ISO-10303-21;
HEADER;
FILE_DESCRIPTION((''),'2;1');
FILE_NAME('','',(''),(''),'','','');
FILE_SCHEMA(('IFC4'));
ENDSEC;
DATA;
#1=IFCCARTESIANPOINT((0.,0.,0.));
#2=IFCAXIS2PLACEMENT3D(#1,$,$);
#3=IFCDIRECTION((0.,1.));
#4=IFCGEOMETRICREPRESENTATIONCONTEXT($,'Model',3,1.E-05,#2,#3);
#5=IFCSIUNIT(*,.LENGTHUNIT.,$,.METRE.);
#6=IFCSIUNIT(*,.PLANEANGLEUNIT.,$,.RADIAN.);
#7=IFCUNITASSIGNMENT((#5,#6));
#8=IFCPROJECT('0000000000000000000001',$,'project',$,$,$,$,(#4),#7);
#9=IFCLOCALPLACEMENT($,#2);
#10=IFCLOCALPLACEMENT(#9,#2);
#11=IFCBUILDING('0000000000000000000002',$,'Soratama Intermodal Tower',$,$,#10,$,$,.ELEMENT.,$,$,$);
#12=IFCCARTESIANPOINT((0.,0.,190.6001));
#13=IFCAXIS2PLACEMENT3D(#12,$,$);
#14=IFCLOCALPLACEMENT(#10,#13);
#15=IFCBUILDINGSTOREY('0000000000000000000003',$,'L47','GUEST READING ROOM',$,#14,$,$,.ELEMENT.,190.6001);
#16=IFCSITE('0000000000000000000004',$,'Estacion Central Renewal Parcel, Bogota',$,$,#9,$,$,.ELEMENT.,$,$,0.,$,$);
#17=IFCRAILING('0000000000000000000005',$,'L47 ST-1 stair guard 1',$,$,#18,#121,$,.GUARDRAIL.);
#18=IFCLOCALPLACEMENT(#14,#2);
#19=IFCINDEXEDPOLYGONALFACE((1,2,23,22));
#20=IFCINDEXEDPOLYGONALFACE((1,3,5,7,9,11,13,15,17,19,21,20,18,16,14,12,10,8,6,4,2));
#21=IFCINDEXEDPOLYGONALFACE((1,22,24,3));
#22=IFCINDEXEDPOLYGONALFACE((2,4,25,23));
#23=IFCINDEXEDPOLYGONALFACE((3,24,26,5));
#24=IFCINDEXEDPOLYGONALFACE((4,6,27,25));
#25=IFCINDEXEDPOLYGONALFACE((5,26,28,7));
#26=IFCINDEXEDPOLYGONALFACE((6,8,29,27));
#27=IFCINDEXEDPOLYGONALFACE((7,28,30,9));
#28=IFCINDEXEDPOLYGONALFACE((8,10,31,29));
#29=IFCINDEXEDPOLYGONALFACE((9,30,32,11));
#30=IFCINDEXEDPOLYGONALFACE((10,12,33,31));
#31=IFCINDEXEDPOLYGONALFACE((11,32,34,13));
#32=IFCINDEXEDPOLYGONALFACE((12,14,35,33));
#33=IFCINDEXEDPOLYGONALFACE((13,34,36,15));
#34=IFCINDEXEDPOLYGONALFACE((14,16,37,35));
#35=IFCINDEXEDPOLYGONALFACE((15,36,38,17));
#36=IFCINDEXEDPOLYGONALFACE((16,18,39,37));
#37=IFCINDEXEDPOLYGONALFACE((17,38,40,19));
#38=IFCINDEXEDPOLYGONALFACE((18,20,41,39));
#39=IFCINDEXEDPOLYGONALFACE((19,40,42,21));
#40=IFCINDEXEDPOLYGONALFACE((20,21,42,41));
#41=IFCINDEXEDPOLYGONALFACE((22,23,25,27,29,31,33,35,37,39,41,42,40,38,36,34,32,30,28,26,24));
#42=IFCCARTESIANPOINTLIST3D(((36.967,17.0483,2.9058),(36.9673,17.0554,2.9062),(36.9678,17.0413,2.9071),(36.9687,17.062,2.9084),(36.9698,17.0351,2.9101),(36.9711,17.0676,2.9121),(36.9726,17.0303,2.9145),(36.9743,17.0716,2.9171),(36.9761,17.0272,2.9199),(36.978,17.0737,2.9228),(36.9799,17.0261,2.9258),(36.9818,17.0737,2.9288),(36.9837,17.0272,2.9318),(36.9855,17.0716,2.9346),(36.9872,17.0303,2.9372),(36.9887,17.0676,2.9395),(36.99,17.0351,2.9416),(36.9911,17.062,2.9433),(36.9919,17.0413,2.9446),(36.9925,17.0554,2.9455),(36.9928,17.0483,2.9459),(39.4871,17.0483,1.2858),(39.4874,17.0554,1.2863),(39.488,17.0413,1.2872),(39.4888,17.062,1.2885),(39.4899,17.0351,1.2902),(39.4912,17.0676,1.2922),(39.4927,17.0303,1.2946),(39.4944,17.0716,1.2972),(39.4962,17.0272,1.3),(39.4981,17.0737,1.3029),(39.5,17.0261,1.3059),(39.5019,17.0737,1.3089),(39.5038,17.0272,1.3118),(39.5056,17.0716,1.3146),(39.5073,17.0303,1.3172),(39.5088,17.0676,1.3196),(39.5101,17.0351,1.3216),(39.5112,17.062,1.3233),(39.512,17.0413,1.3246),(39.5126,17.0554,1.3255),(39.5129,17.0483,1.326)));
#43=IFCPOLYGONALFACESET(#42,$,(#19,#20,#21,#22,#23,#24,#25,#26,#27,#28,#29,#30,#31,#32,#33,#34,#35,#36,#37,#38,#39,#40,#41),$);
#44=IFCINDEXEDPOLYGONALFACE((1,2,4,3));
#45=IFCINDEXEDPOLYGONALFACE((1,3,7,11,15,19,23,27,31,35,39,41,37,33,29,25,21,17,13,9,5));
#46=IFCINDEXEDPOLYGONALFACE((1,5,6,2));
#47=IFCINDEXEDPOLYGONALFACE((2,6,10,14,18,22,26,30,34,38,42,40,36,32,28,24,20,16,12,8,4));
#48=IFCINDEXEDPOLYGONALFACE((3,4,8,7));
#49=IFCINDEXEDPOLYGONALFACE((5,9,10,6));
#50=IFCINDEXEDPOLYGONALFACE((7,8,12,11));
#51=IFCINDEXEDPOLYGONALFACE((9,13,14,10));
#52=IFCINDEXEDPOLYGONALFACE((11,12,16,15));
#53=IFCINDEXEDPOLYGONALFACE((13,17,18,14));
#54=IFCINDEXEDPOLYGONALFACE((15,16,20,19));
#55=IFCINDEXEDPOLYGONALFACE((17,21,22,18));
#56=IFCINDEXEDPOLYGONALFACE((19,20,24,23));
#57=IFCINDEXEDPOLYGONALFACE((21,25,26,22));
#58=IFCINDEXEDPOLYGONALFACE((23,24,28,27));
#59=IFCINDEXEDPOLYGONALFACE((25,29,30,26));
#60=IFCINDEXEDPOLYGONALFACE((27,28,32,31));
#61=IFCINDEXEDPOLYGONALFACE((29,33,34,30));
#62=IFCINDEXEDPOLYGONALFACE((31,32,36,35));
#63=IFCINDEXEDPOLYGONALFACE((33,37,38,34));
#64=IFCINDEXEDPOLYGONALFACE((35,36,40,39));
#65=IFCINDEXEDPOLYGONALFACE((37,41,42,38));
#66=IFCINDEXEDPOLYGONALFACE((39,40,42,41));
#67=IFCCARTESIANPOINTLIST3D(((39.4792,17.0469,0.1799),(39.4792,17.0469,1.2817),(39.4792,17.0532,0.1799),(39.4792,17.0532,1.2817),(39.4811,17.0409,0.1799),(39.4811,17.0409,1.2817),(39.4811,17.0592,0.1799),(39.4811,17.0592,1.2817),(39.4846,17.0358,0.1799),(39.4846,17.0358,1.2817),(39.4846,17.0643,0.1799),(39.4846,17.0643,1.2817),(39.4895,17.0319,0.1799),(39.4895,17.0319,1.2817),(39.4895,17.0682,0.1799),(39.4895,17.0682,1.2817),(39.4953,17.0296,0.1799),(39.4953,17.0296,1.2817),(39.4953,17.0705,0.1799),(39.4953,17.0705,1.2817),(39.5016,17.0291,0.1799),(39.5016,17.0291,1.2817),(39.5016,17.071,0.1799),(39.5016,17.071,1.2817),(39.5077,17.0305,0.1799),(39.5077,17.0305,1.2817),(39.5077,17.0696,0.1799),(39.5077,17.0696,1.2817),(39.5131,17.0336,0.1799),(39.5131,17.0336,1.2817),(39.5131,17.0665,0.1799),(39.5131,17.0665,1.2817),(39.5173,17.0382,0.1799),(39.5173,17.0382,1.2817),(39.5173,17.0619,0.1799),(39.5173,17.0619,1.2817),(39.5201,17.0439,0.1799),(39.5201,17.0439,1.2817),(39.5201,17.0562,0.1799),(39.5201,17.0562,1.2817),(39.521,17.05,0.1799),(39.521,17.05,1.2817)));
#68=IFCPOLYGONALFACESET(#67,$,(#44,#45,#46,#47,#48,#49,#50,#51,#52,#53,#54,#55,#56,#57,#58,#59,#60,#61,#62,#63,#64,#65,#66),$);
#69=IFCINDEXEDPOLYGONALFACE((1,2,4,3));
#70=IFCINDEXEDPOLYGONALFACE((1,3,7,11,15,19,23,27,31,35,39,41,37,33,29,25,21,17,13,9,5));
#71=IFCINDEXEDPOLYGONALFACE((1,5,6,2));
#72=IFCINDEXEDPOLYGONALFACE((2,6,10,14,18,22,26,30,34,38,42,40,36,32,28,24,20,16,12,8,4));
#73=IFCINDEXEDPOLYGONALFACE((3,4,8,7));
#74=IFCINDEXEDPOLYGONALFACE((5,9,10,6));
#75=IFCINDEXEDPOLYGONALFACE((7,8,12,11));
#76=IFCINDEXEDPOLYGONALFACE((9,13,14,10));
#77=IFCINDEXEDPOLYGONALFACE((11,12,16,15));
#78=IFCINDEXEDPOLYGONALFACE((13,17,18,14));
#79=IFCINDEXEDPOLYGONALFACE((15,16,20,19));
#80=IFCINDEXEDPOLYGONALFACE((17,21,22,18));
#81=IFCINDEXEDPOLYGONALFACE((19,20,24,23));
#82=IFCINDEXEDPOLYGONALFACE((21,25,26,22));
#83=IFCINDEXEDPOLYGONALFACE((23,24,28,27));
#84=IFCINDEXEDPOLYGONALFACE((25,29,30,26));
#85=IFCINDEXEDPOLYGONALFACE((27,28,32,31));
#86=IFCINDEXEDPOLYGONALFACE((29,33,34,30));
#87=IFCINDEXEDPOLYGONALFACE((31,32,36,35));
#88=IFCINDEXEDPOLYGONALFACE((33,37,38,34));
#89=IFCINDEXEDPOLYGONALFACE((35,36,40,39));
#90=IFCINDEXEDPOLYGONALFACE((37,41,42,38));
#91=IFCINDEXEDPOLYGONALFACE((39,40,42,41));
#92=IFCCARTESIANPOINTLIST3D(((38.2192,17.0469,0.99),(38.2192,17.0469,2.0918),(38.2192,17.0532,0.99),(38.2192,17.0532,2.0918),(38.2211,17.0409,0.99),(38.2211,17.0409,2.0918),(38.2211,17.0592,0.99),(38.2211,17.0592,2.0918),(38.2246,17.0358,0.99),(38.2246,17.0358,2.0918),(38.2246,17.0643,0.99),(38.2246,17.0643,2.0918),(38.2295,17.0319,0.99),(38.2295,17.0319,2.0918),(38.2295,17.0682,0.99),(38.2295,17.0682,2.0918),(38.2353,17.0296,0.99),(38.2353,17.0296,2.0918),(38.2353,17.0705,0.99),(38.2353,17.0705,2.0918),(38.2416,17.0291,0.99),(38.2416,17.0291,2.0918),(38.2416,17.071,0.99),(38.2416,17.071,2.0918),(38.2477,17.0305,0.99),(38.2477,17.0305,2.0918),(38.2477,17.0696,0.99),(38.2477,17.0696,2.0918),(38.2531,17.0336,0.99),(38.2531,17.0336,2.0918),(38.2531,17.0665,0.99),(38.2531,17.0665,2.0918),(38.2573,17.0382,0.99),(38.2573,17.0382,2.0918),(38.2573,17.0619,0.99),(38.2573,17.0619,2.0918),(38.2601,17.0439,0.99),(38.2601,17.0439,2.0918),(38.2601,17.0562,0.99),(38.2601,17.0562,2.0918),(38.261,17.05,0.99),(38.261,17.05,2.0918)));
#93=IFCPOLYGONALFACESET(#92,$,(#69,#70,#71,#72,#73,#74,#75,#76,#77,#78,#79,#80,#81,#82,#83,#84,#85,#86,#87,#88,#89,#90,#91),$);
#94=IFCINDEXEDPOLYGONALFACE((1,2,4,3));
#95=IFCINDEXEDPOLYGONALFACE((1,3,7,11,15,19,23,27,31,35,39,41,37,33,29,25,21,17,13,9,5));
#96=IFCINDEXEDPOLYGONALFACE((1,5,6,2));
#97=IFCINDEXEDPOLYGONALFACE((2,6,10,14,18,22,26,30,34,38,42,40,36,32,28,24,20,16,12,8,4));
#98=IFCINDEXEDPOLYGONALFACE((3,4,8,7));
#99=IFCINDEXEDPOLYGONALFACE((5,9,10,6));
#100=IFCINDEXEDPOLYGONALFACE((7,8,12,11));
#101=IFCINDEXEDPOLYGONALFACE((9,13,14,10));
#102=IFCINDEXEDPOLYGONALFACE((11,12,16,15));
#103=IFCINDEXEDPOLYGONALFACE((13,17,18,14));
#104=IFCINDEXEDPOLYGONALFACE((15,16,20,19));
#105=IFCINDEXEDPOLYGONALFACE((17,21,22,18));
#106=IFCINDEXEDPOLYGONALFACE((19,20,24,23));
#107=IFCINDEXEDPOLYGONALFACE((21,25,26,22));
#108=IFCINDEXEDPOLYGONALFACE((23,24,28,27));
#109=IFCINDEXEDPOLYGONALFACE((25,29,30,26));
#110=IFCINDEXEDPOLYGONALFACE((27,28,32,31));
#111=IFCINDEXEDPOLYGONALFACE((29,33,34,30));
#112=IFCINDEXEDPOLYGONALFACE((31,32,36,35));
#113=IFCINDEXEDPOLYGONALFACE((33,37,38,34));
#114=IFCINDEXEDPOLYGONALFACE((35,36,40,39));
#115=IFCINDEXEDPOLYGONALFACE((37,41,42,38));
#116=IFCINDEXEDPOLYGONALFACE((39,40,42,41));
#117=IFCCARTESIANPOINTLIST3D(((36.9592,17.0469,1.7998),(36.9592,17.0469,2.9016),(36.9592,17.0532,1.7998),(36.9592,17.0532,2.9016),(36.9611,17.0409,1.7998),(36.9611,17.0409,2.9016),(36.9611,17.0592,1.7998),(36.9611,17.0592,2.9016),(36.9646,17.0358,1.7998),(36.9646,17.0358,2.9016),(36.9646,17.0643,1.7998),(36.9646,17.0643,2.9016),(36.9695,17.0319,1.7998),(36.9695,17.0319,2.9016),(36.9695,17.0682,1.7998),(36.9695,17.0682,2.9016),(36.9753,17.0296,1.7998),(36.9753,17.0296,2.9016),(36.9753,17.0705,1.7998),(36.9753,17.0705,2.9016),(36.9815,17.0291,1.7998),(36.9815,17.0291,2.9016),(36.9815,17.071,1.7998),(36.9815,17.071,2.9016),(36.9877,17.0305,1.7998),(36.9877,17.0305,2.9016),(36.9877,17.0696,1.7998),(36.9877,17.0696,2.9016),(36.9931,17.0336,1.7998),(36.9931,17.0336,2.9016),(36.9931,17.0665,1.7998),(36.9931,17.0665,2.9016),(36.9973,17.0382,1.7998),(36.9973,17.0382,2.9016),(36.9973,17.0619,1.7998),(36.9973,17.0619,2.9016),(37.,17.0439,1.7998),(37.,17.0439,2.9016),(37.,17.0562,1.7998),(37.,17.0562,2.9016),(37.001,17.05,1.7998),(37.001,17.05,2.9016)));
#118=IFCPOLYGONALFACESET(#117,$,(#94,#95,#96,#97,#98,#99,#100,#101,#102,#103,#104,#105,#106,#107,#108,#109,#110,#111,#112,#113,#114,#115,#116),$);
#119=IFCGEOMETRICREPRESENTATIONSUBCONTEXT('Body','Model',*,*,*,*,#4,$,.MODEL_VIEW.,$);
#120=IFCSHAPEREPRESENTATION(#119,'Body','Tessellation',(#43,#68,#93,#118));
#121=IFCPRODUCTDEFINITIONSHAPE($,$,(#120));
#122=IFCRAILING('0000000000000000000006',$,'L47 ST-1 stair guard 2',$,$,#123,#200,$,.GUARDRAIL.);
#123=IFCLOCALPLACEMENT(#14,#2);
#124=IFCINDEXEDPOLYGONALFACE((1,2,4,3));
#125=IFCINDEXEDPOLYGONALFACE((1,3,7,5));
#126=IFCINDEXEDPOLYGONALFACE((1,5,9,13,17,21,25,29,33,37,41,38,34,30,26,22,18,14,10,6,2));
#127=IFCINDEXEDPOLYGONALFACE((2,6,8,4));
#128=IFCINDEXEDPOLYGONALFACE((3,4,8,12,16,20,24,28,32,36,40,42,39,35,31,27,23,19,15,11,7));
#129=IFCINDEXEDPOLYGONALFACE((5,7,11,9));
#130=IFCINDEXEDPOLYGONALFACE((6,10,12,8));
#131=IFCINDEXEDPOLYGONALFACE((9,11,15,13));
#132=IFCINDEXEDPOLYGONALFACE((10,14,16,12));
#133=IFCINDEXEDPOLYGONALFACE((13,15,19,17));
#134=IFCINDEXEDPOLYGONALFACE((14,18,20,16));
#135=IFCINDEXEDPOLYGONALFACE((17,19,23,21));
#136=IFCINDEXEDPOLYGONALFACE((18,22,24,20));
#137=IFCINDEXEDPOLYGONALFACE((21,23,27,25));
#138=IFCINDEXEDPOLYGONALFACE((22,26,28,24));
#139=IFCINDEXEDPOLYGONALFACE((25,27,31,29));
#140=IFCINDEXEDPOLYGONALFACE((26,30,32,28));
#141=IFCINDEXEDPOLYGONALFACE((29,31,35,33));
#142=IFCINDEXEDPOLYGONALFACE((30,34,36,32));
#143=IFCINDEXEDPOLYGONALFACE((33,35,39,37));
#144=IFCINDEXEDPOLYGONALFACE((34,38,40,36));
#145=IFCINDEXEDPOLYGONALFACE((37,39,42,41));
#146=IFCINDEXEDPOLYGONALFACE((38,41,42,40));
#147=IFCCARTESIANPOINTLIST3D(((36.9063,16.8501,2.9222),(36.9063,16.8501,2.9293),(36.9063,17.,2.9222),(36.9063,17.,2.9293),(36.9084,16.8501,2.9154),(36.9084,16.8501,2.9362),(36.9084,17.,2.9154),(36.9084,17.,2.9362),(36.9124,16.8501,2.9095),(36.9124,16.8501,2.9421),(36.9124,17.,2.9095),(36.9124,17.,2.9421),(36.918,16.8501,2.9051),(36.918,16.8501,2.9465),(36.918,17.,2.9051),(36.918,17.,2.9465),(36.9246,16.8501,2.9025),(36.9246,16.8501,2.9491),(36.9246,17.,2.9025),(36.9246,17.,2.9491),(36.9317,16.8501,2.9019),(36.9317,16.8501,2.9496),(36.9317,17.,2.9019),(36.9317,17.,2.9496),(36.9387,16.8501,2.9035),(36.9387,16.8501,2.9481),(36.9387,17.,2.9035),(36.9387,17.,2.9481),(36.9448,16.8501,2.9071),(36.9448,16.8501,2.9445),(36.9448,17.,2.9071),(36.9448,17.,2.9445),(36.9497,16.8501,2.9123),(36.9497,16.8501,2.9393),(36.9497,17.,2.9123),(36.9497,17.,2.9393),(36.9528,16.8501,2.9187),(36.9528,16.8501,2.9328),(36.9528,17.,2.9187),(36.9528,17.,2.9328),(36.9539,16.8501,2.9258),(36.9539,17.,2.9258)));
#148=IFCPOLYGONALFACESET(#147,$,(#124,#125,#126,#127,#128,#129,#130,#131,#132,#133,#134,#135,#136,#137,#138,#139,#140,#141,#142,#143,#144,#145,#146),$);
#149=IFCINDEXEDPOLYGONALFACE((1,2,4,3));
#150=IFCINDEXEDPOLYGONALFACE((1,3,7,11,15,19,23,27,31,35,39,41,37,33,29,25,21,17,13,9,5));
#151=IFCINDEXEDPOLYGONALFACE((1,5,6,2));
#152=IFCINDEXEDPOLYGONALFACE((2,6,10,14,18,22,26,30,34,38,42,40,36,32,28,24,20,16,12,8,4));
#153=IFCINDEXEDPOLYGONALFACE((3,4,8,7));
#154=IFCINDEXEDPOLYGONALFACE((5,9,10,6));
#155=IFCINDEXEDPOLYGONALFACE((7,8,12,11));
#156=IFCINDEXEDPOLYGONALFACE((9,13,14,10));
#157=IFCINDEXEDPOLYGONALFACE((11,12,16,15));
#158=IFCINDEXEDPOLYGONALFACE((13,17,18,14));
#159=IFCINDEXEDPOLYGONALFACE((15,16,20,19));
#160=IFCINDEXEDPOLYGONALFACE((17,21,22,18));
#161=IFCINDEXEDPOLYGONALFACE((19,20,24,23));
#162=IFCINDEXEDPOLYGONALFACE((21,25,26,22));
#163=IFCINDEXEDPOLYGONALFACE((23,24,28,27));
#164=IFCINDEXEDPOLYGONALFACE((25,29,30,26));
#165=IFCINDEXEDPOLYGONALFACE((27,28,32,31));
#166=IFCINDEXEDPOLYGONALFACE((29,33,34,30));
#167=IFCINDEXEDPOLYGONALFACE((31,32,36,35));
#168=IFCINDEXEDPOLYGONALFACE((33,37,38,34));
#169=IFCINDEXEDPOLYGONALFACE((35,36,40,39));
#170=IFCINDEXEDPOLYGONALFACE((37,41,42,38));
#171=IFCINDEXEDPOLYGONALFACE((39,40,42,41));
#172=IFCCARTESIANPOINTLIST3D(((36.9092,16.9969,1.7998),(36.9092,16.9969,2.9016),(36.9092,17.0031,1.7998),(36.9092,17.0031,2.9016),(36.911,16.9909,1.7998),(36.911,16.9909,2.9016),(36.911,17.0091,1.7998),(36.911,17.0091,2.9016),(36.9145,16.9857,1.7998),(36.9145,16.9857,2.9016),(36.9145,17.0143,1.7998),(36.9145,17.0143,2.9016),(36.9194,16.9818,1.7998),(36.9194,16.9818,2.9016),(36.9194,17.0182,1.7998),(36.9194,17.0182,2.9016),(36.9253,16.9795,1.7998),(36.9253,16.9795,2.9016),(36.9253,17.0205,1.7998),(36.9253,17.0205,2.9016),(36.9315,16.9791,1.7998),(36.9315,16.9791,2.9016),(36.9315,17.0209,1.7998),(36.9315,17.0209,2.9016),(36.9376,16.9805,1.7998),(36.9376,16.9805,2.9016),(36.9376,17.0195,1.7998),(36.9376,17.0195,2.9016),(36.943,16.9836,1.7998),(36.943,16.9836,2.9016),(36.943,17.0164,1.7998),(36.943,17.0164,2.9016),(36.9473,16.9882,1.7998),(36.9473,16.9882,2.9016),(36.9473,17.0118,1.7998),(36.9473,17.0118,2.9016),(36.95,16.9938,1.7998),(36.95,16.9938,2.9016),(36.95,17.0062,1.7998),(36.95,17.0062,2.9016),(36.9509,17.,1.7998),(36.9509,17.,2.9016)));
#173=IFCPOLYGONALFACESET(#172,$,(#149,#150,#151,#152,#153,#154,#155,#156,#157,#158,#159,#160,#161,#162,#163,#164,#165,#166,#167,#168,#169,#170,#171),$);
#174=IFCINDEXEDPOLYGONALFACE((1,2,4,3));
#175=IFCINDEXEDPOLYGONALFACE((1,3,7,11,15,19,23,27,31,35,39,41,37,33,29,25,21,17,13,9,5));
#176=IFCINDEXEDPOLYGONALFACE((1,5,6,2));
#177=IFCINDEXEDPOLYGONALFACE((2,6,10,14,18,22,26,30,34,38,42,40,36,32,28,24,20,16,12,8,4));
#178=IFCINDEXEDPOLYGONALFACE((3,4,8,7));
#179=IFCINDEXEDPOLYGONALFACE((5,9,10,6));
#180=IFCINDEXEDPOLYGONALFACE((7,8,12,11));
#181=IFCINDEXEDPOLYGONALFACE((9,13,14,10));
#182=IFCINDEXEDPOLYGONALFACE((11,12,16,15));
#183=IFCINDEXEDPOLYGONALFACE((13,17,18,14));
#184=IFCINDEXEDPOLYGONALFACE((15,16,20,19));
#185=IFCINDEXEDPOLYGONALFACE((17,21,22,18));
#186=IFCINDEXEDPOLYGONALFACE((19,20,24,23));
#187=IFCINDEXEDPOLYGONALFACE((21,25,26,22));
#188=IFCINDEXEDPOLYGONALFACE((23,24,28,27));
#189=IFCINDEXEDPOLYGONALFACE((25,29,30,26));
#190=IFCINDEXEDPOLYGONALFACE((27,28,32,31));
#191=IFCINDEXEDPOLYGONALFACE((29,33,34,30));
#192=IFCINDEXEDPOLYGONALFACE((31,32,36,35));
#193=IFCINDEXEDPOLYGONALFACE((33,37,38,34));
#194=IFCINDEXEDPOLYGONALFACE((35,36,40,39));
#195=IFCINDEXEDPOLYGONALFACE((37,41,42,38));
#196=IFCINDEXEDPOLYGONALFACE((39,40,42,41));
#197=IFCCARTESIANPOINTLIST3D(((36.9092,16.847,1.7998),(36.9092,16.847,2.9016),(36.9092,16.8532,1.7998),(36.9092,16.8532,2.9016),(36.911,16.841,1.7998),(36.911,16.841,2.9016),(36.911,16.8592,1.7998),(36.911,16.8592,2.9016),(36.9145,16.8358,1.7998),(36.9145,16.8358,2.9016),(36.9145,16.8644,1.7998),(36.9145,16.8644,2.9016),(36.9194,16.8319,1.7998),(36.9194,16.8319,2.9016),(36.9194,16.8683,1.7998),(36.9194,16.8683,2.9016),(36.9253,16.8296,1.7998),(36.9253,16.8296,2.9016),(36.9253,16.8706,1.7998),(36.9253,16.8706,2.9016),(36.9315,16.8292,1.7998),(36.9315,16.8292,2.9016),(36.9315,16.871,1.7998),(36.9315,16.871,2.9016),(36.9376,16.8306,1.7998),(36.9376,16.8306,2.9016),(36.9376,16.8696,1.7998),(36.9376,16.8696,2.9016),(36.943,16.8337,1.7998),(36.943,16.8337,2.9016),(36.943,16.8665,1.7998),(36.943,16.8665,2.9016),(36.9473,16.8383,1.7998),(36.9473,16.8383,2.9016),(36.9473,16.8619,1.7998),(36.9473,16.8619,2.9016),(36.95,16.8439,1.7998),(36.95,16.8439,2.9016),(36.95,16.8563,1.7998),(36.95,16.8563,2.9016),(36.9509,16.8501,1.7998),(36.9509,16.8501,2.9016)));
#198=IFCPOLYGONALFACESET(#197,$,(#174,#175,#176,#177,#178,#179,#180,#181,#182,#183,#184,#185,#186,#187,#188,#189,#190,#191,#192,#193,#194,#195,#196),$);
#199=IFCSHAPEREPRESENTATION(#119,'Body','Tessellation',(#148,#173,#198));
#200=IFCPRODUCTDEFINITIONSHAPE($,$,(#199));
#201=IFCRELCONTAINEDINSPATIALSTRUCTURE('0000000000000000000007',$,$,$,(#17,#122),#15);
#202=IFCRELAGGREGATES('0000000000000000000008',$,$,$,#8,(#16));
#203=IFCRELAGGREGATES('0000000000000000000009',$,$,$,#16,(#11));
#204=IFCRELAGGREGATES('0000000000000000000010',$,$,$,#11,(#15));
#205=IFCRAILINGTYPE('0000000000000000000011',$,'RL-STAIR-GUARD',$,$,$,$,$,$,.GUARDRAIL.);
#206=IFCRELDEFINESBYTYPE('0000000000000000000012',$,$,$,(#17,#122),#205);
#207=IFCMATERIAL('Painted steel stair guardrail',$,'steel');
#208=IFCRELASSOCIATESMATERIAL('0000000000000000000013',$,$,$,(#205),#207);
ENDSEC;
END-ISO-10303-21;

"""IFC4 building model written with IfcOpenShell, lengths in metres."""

from ifc_helpers import new_model, si_unit, direction, frame, origin, origin_2d, place, context, subcontext, project, spatial, circle, extrude, material, type_object, element, save


model = new_model("IFC4")

# Units and contexts
model_context = context("Model", 3, precision=1e-05, world=origin(), true_north=direction((0.0, 1.0)))
body_context = subcontext(model_context, "Body", "Model", "MODEL_VIEW")
ifc_project = project(units=[si_unit("LENGTHUNIT", "METRE"), si_unit("PLANEANGLEUNIT", "RADIAN")], contexts=[model_context])

# Site, building, storey
site_placement = place(None, origin())
site = spatial("IfcSite", under=ifc_project, at=site_placement, Name="Estacion Central Renewal Parcel, Bogota", CompositionType="ELEMENT", RefElevation=0.0)
building_placement = place(site_placement, origin())
building = spatial("IfcBuilding", under=site, at=building_placement, Name="Soratama Intermodal Tower", CompositionType="ELEMENT")
storey_placement = place(building_placement, frame((0.0, 0.0, 190.6001)))
storey = spatial("IfcBuildingStorey", under=building, at=storey_placement, Name="L47", Description="GUEST READING ROOM", CompositionType="ELEMENT", Elevation=190.6001)

# Railings
ifc_material_1 = material(Name="Painted steel stair guardrail", Category="steel")
railing_type_1 = type_object("IfcRailingType", Name="RL-STAIR-GUARD", PredefinedType="GUARDRAIL", material=ifc_material_1)
railing_1_placement = place(storey_placement, frame((39.5, 17.05, 0.1799)))
element("IfcRailing", 1, at=railing_1_placement, inside=storey, type_object=railing_type_1, Name="L47 ST-1 stair guard 1", PredefinedType="GUARDRAIL", context=body_context, shape_type="SweptSolid", body=[
    extrude(circle(Radius=0.0239, at=origin_2d()), frame((0.0, 0.0, 1.126), z_axis=(-0.8412, 0.0, 0.540725), x_axis=(0.0, -1.0, 0.0)), (0.0, 0.0, 1.0), 2.9958),
    extrude(circle(Radius=0.021, at=origin_2d()), origin(), (0.0, 0.0, 1.0), 1.1018),
    extrude(circle(Radius=0.021, at=origin_2d()), frame((-1.26, 0.0, 0.8101)), (0.0, 0.0, 1.0), 1.1018),
    extrude(circle(Radius=0.021, at=origin_2d()), frame((-2.52, 0.0, 1.6199)), (0.0, 0.0, 1.0), 1.1018),
])
railing_2_placement = place(storey_placement, frame((36.9299, 17.0, 1.7998)))
element("IfcRailing", 2, at=railing_2_placement, inside=storey, type_object=railing_type_1, Name="L47 ST-1 stair guard 2", PredefinedType="GUARDRAIL", context=body_context, shape_type="SweptSolid", body=[
    extrude(circle(Radius=0.0239, at=origin_2d()), frame((0.0, 0.0, 1.126), z_axis=(0.0, -1.0, 0.0), x_axis=(1.0, 0.0, 0.0)), (0.0, 0.0, 1.0), 0.1499),
    extrude(circle(Radius=0.021, at=origin_2d()), origin(), (0.0, 0.0, 1.0), 1.1018),
    extrude(circle(Radius=0.021, at=origin_2d()), frame((0.0, -0.1499, 0.0)), (0.0, 0.0, 1.0), 1.1018),
])

save(model, "model.ifc")
